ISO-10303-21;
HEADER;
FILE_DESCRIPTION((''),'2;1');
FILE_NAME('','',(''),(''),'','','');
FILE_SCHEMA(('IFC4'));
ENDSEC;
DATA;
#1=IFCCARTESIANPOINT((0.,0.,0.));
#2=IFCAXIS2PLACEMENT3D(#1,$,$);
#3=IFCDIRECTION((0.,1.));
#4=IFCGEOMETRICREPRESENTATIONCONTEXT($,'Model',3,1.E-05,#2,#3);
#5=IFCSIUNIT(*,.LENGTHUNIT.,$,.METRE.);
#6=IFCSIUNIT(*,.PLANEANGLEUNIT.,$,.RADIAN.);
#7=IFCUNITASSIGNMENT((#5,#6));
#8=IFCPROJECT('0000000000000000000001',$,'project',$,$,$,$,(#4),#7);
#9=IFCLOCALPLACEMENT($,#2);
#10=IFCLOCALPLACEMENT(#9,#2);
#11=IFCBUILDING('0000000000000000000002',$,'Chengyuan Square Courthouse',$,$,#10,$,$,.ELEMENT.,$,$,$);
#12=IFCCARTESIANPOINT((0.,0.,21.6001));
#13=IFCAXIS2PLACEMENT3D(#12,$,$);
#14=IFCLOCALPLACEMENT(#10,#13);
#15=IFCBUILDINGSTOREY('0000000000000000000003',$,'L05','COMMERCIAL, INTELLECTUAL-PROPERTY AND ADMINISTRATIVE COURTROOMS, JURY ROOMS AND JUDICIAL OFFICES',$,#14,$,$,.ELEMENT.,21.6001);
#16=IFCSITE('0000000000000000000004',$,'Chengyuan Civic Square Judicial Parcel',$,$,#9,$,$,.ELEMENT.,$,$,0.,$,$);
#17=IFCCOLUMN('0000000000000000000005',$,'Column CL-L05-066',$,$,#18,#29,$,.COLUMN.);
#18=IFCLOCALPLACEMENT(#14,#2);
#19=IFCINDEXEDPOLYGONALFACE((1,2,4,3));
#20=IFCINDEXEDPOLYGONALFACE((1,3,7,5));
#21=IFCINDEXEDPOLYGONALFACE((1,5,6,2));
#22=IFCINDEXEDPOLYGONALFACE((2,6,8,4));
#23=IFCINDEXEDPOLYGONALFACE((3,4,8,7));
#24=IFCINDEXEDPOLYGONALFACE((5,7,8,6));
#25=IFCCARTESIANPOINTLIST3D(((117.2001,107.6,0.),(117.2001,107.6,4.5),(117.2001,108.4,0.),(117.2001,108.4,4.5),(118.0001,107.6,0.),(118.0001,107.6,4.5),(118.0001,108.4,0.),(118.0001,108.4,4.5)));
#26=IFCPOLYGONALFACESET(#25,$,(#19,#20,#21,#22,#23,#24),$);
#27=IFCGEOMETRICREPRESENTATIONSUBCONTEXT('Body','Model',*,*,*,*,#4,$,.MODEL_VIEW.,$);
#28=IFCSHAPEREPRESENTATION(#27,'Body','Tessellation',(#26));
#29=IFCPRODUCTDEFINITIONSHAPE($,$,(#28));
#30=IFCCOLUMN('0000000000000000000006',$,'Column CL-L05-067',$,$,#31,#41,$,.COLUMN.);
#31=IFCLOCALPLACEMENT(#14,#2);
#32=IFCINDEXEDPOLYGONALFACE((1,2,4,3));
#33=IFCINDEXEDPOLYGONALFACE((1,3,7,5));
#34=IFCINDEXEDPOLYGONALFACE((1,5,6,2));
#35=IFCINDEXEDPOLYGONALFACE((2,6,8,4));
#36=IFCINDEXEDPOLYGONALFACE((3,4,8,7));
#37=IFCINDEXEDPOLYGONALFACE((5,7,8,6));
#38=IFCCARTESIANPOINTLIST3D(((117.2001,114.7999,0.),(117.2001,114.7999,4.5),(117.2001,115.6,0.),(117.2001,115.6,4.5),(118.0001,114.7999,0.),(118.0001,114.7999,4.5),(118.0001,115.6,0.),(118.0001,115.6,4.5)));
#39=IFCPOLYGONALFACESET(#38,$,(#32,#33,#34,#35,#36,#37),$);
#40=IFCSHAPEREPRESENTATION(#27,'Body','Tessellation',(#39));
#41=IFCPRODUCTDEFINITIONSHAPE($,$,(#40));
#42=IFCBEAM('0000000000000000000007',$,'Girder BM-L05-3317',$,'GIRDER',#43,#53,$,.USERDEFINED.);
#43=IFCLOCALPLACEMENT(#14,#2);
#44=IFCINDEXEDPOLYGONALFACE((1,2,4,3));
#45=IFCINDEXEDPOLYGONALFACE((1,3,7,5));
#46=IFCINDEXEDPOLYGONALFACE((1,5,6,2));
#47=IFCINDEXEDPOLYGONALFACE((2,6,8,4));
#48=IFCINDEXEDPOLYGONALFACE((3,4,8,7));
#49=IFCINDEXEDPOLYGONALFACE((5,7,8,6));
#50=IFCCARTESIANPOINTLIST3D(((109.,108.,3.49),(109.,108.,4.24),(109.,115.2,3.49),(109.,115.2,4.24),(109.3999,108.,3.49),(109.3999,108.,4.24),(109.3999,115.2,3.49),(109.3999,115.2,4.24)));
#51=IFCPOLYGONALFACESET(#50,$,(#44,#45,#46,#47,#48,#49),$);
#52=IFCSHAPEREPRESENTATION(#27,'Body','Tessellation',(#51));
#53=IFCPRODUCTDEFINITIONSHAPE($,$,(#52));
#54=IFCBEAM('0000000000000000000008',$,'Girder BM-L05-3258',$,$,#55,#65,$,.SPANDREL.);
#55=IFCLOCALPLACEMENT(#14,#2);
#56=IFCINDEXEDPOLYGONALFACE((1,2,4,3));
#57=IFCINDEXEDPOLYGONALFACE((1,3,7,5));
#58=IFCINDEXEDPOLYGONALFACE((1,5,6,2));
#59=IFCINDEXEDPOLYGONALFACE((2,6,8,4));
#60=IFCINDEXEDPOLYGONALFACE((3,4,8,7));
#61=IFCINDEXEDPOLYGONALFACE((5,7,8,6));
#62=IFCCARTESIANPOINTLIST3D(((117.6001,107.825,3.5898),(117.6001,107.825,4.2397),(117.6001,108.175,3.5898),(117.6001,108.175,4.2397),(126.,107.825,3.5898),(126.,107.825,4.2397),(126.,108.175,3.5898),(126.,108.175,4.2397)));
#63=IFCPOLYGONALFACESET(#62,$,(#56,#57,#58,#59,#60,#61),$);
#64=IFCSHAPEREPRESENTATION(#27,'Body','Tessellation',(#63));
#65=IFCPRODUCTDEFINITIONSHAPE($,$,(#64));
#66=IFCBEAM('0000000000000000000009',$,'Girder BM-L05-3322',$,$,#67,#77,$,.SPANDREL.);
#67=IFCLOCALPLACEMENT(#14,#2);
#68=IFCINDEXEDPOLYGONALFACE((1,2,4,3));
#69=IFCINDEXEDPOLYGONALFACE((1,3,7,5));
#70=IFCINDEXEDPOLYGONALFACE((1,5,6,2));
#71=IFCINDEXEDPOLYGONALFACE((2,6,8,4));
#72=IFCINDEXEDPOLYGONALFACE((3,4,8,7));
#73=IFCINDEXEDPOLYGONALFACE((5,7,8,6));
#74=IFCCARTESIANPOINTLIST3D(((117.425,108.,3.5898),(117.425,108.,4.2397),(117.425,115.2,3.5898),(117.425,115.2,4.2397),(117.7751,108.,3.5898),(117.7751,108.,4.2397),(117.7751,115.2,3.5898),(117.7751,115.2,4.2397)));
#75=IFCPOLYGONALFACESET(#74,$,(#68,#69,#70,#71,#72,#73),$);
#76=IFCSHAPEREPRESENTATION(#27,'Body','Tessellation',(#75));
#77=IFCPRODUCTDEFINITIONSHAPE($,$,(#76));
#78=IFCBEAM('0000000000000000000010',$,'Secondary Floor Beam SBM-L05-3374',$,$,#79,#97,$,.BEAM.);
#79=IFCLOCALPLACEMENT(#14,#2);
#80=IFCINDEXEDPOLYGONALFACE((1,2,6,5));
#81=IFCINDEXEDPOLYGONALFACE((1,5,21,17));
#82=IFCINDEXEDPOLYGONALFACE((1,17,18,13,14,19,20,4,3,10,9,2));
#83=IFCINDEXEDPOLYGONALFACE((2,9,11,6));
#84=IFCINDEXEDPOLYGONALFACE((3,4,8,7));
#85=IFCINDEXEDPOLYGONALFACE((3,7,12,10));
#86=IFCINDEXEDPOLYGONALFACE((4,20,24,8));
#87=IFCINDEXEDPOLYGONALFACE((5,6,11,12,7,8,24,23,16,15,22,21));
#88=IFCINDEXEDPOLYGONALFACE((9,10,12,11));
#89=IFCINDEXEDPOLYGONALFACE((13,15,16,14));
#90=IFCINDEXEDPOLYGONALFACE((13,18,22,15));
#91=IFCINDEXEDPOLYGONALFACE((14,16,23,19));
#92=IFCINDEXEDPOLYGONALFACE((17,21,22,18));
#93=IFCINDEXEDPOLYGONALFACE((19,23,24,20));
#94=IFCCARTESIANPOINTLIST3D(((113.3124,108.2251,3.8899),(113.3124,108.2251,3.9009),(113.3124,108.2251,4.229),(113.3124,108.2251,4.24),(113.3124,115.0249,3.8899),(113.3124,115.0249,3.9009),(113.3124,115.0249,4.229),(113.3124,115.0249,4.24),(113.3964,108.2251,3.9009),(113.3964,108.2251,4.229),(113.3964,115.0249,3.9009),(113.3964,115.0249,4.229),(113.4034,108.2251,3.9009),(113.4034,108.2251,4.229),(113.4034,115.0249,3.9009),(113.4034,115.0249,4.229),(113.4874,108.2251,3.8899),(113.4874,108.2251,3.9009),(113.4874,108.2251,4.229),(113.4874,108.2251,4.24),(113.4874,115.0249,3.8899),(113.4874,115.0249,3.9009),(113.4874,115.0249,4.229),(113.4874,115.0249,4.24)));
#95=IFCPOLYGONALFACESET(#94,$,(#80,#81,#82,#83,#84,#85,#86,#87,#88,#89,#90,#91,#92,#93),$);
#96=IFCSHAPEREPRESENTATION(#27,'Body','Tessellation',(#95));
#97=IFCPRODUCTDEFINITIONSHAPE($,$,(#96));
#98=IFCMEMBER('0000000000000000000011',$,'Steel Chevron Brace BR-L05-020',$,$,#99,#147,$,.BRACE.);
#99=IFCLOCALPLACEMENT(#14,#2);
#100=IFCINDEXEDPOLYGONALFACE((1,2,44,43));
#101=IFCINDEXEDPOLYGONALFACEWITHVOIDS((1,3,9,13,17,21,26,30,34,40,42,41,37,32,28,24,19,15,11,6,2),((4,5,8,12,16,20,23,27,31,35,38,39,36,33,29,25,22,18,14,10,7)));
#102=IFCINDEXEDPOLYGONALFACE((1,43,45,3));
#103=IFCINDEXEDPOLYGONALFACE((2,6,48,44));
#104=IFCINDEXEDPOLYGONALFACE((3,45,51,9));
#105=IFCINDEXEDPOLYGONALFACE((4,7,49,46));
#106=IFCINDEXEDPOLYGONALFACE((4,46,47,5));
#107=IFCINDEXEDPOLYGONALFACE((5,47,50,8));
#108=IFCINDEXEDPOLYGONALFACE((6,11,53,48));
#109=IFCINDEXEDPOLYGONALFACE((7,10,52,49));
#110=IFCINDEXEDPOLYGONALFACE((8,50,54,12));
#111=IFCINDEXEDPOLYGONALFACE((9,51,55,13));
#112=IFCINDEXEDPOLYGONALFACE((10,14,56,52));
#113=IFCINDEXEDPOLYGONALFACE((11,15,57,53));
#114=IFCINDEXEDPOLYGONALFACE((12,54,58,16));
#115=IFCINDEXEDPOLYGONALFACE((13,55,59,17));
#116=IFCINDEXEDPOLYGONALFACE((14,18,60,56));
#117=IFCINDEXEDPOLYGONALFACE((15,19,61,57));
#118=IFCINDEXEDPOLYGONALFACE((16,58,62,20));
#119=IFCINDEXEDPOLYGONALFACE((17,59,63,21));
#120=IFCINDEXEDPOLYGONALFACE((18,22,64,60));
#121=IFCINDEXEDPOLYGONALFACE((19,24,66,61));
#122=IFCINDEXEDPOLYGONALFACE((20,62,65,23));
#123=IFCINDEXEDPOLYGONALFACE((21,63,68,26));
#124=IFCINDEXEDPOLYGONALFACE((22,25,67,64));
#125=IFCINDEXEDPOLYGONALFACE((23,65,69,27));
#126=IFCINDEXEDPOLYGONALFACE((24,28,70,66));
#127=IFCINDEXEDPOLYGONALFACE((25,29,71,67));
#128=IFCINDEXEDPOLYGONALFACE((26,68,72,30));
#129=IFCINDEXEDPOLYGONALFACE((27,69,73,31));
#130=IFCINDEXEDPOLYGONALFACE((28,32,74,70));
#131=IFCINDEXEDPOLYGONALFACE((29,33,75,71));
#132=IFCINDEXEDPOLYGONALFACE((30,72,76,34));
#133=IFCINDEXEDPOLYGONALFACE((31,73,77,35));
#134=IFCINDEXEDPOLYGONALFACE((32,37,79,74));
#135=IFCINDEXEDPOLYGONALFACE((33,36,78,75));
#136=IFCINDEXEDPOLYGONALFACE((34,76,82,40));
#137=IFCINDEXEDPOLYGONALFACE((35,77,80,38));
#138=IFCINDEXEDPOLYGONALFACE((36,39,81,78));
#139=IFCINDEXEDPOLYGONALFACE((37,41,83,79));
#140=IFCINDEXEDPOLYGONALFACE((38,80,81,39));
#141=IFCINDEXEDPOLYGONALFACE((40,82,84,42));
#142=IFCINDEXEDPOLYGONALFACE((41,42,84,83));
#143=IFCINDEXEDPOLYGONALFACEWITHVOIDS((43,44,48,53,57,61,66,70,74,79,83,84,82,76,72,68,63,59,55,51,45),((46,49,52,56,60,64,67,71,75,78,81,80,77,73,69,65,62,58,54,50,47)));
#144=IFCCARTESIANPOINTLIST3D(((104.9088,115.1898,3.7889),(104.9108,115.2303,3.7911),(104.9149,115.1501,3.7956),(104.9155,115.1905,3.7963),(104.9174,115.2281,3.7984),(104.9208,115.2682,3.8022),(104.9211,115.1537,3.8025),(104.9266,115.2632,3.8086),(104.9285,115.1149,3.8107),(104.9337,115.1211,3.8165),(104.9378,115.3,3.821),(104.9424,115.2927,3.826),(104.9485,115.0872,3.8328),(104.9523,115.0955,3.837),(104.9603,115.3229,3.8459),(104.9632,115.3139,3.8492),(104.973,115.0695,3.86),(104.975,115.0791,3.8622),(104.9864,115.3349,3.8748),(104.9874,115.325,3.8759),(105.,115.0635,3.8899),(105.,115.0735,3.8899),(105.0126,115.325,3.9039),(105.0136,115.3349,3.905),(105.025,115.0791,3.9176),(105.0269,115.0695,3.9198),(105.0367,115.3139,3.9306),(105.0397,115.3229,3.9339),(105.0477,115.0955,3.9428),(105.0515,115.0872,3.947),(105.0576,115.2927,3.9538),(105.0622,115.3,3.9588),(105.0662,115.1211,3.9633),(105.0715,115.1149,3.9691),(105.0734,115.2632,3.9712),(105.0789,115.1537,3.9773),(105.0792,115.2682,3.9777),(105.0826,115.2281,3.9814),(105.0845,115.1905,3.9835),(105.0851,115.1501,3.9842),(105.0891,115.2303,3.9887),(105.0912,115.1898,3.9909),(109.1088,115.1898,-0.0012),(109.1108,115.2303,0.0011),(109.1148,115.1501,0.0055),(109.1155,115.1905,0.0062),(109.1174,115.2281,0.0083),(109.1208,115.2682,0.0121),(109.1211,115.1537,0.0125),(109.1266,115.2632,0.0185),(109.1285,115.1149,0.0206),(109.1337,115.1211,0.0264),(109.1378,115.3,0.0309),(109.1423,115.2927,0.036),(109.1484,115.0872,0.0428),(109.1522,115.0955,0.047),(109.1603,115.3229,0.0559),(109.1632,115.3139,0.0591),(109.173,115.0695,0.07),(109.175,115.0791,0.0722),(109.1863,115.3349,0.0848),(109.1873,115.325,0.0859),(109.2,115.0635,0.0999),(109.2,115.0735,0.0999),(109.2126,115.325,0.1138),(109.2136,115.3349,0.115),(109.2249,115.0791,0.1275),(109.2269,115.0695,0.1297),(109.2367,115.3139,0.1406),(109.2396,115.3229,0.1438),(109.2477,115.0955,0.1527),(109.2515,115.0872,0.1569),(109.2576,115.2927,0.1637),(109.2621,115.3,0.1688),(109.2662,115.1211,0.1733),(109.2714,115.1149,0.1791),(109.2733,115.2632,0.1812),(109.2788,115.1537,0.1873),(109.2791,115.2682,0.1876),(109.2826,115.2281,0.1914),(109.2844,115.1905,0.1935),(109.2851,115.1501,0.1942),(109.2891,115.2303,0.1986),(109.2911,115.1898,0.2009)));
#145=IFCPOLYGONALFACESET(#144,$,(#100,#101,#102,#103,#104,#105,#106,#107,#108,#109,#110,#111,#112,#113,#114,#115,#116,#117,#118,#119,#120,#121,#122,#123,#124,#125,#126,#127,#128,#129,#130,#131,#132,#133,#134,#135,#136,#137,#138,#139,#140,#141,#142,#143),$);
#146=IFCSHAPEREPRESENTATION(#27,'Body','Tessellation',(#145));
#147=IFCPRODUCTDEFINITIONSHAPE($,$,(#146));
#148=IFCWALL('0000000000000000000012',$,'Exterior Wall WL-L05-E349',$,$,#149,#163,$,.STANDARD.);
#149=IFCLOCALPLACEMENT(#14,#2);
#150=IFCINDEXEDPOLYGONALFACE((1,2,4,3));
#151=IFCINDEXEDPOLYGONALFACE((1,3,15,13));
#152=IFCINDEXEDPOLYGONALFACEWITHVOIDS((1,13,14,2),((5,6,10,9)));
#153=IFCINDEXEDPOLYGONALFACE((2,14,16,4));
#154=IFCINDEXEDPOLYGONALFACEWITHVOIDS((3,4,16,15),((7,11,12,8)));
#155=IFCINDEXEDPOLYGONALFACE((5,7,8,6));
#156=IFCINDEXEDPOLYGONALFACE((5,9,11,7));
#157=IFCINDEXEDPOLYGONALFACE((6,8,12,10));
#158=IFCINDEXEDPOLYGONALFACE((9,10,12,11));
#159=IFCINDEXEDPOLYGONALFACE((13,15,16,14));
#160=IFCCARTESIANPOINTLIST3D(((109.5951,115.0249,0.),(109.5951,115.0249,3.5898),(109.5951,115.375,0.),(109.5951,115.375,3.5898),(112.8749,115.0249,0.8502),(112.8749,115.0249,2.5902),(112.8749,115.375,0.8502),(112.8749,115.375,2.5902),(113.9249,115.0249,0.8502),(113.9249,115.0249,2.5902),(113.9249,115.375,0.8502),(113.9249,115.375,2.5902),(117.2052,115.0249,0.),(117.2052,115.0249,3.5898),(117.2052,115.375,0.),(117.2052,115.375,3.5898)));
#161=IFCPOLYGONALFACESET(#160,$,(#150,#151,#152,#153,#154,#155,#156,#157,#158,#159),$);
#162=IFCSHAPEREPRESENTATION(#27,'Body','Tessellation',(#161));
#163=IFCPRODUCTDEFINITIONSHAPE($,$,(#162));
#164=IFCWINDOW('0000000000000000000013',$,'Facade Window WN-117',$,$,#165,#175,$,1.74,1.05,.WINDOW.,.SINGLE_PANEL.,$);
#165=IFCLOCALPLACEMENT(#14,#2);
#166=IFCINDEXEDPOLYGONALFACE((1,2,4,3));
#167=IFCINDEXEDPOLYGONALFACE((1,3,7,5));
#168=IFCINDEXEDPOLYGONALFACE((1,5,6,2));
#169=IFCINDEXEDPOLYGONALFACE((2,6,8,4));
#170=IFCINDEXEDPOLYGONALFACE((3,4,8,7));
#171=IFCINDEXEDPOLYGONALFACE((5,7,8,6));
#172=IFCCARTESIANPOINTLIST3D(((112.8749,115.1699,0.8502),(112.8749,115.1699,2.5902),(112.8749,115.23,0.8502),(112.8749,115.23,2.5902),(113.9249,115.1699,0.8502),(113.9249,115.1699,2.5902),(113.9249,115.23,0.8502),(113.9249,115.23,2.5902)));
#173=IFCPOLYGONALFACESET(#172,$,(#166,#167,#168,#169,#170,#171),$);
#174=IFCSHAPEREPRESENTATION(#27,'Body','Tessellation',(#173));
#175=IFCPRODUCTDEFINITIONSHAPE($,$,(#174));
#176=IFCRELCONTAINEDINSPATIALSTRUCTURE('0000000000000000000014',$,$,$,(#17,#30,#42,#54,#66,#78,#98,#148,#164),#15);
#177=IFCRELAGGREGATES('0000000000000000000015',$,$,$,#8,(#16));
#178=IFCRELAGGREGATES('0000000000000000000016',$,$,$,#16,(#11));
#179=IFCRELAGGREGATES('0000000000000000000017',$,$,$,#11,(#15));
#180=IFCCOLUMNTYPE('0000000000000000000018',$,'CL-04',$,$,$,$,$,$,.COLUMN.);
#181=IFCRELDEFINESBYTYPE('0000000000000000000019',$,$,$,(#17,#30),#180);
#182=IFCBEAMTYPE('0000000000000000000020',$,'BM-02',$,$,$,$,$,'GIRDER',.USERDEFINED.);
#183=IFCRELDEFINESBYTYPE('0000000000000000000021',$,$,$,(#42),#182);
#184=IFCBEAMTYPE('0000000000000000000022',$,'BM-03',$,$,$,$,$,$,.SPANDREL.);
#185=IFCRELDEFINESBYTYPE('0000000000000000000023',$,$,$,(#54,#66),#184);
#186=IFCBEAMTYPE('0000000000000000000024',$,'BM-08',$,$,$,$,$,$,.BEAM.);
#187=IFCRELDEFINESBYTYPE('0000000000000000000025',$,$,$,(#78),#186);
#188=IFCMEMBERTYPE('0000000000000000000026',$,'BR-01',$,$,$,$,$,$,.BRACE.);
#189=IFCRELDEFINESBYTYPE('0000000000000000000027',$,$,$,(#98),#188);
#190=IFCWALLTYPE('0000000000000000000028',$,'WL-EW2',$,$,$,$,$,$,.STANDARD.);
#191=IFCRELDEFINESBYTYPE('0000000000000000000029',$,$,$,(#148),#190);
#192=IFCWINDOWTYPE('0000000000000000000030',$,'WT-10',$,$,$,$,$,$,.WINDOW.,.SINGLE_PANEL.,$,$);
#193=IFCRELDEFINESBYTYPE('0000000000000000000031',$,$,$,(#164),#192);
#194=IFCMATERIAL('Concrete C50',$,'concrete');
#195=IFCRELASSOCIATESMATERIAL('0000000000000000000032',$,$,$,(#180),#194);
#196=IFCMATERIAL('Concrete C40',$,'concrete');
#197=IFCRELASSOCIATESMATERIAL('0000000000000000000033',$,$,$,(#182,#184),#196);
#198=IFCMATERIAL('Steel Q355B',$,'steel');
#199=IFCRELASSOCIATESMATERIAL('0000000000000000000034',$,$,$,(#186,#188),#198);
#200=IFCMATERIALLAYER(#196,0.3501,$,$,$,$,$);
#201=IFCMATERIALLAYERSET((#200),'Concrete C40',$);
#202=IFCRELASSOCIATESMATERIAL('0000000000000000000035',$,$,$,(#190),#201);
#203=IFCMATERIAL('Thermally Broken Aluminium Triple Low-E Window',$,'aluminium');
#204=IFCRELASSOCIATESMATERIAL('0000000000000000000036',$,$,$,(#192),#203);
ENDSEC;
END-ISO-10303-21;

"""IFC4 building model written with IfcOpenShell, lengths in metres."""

from ifc_helpers import new_model, si_unit, direction, frame, frame_2d, origin, origin_2d, place, context, subcontext, project, spatial, rectangle, hollow_circle, i_section, extrude, material, layer, layer_set, material_profile, profile_set, type_object, element, fill, save


model = new_model("IFC4")

# Units and contexts
model_context = context("Model", 3, precision=1e-05, world=origin(), true_north=direction((0.0, 1.0)))
body_context = subcontext(model_context, "Body", "Model", "MODEL_VIEW")
ifc_project = project(units=[si_unit("LENGTHUNIT", "METRE"), si_unit("PLANEANGLEUNIT", "RADIAN")], contexts=[model_context])

# Site, building, storey
site_placement = place(None, origin())
site = spatial("IfcSite", under=ifc_project, at=site_placement, Name="Chengyuan Civic Square Judicial Parcel", CompositionType="ELEMENT", RefElevation=0.0)
building_placement = place(site_placement, origin())
building = spatial("IfcBuilding", under=site, at=building_placement, Name="Chengyuan Square Courthouse", CompositionType="ELEMENT")
storey_placement = place(building_placement, frame((0.0, 0.0, 21.6001)))
storey = spatial("IfcBuildingStorey", under=building, at=storey_placement, Name="L05", Description="COMMERCIAL, INTELLECTUAL-PROPERTY AND ADMINISTRATIVE COURTROOMS, JURY ROOMS AND JUDICIAL OFFICES", CompositionType="ELEMENT", Elevation=21.6001)

# Columns
ifc_material_1 = material(Name="Concrete C50", Category="concrete")
ifc_material_profile_1 = material_profile(ifc_material_1, rectangle(XDim=0.8, YDim=0.8, at=origin_2d()), Name="RC-COL-800x800")
ifc_profile_set_1 = profile_set([ifc_material_profile_1], Name="Concrete C50")
column_type = type_object("IfcColumnType", Name="CL-04", PredefinedType="COLUMN", material=ifc_profile_set_1)
for number, where, z_axis, x_axis, name in (
    (1, (117.6001, 108.0, 0.0), (0.0, 0.0, 1.0), (1.0, 0.0, 0.0), "Column CL-L05-066"),
    (2, (117.6001, 115.2, 0.0), (0.0, 0.0, 1.0), (1.0, 0.0, 0.0), "Column CL-L05-067"),
):
    element("IfcColumn", number, at=place(storey_placement, frame(where, z_axis=z_axis, x_axis=x_axis)), inside=storey, type_object=column_type, Name=name, PredefinedType="COLUMN", context=body_context, shape_type="SweptSolid", body=[
        extrude(rectangle(XDim=0.8, YDim=0.8, at=origin_2d()), origin(), (0.0, 0.0, 1.0), 4.5),
    ])

# Beams
ifc_material_2 = material(Name="Concrete C40", Category="concrete")
ifc_material_profile_2 = material_profile(ifc_material_2, rectangle(XDim=0.3999, YDim=0.75, at=origin_2d()), Name="RC-BM-400x750")
ifc_profile_set_2 = profile_set([ifc_material_profile_2], Name="Concrete C40")
beam_type_1 = type_object("IfcBeamType", Name="BM-02", ElementType="GIRDER", PredefinedType="USERDEFINED", material=ifc_profile_set_2)
beam_1_placement = place(storey_placement, frame((109.2, 108.0, 3.865), z_axis=(0.0, 1.0, 0.0), x_axis=(-1.0, 0.0, 0.0)))
element("IfcBeam", 3, at=beam_1_placement, inside=storey, type_object=beam_type_1, Name="Girder BM-L05-3317", ObjectType="GIRDER", PredefinedType="USERDEFINED", context=body_context, shape_type="SweptSolid", body=[
    extrude(rectangle(XDim=0.3999, YDim=0.75, at=origin_2d()), origin(), (0.0, 0.0, 1.0), 7.2),
])
ifc_material_profile_3 = material_profile(ifc_material_2, rectangle(XDim=0.3501, YDim=0.6499, at=origin_2d()), Name="RC-BM-350x650")
ifc_profile_set_3 = profile_set([ifc_material_profile_3], Name="Concrete C40")
beam_type_2 = type_object("IfcBeamType", Name="BM-03", PredefinedType="SPANDREL", material=ifc_profile_set_3)
beam_2_placement = place(storey_placement, frame((117.6001, 108.0, 3.9148), z_axis=(1.0, 0.0, 0.0), x_axis=(0.0, 1.0, 0.0)))
element("IfcBeam", 4, at=beam_2_placement, inside=storey, type_object=beam_type_2, Name="Girder BM-L05-3258", PredefinedType="SPANDREL", context=body_context, shape_type="SweptSolid", body=[
    extrude(rectangle(XDim=0.3501, YDim=0.6499, at=origin_2d()), origin(), (0.0, 0.0, 1.0), 8.3999),
])
beam_3_placement = place(storey_placement, frame((117.6001, 108.0, 3.9148), z_axis=(0.0, 1.0, 0.0), x_axis=(-1.0, 0.0, 0.0)))
element("IfcBeam", 5, at=beam_3_placement, inside=storey, type_object=beam_type_2, Name="Girder BM-L05-3322", PredefinedType="SPANDREL", context=body_context, shape_type="SweptSolid", body=[
    extrude(rectangle(XDim=0.3501, YDim=0.6499, at=origin_2d()), origin(), (0.0, 0.0, 1.0), 7.2),
])
ifc_material_3 = material(Name="Steel Q355B", Category="steel")
ifc_material_profile_4 = material_profile(ifc_material_3, i_section(OverallWidth=0.175, OverallDepth=0.3501, WebThickness=0.0071, FlangeThickness=0.011, at=origin_2d()), Name="HN 350x175x7x11")
ifc_profile_set_4 = profile_set([ifc_material_profile_4], Name="Steel Q355B")
beam_type_3 = type_object("IfcBeamType", Name="BM-08", PredefinedType="BEAM", material=ifc_profile_set_4)
beam_4_placement = place(storey_placement, frame((113.3999, 108.2251, 4.0649), z_axis=(0.0, 1.0, 0.0), x_axis=(-1.0, 0.0, 0.0)))
element("IfcBeam", 6, at=beam_4_placement, inside=storey, type_object=beam_type_3, Name="Secondary Floor Beam SBM-L05-3374", PredefinedType="BEAM", context=body_context, shape_type="SweptSolid", body=[
    extrude(i_section(OverallWidth=0.175, OverallDepth=0.3501, WebThickness=0.0071, FlangeThickness=0.011, at=origin_2d()), origin(), (0.0, 0.0, 1.0), 6.7998),
])

# Member
ifc_material_profile_5 = material_profile(ifc_material_3, hollow_circle(Radius=0.1365, WallThickness=0.01, at=origin_2d()), Name="CHS 273x10")
ifc_profile_set_5 = profile_set([ifc_material_profile_5], Name="Steel Q355B")
member_type = type_object("IfcMemberType", Name="BR-01", PredefinedType="BRACE", material=ifc_profile_set_5)
member_placement = place(storey_placement, frame((109.2, 115.2, 0.0999), z_axis=(-0.742407, 0.0, 0.669949), x_axis=(0.0, -1.0, 0.0)))
element("IfcMember", 7, at=member_placement, inside=storey, type_object=member_type, Name="Steel Chevron Brace BR-L05-020", PredefinedType="BRACE", context=body_context, shape_type="SweptSolid", body=[
    extrude(hollow_circle(Radius=0.1365, WallThickness=0.01, at=origin_2d()), origin(), (0.0, 0.0, 1.0), 5.6572),
])

# Wall, opening, window
ifc_layer_1 = layer(ifc_material_2, 0.3501)
ifc_layer_set_1 = layer_set([ifc_layer_1], Name="Concrete C40")
wall_type_1 = type_object("IfcWallType", Name="WL-EW2", PredefinedType="STANDARD", material=ifc_layer_set_1)
wall_1_placement = place(storey_placement, frame((109.595, 115.2, 0.0), z_axis=(0.0, 0.0, 1.0), x_axis=(1.0, 0.0, 0.0)))
wall_1 = element("IfcWall", 8, at=wall_1_placement, inside=storey, type_object=wall_type_1, Name="Exterior Wall WL-L05-E349", PredefinedType="STANDARD", context=body_context, shape_type="SweptSolid", body=[
    extrude(rectangle(XDim=7.6101, YDim=0.3501, at=frame_2d((3.8052, 0.0))), origin(), (0.0, 0.0, 1.0), 3.5898),
])
opening_1_placement = place(wall_1_placement, frame((3.28, 0.0, 0.8501)))
opening_1 = element("IfcOpeningElement", 9, at=opening_1_placement, cuts=wall_1, PredefinedType="OPENING", context=body_context, shape_type="SweptSolid", body=[
    extrude(rectangle(XDim=1.05, YDim=1.74, at=frame_2d((0.5249, 0.8701))), frame((0.0, 0.187, 0.0), z_axis=(0.0, -1.0, 0.0), x_axis=(1.0, 0.0, 0.0)), (0.0, 0.0, 1.0), 0.374),
])
ifc_material_4 = material(Name="Thermally Broken Aluminium Triple Low-E Window", Category="aluminium")
window_type_1 = type_object("IfcWindowType", Name="WT-10", PartitioningType="SINGLE_PANEL", PredefinedType="WINDOW", material=ifc_material_4)
window_1_placement = place(opening_1_placement, origin())
window_1 = element("IfcWindow", 10, at=window_1_placement, inside=storey, type_object=window_type_1, Name="Facade Window WN-117", OverallHeight=1.74, OverallWidth=1.05, PartitioningType="SINGLE_PANEL", PredefinedType="WINDOW", context=body_context, shape_type="SweptSolid", body=[
    extrude(rectangle(XDim=1.05, YDim=1.74, at=frame_2d((0.5249, 0.8701))), frame((0.0, 0.03, 0.0), z_axis=(0.0, -1.0, 0.0), x_axis=(1.0, 0.0, 0.0)), (0.0, 0.0, 1.0), 0.0601),
])
fill(opening_1, window_1)

save(model, "model.ifc")
